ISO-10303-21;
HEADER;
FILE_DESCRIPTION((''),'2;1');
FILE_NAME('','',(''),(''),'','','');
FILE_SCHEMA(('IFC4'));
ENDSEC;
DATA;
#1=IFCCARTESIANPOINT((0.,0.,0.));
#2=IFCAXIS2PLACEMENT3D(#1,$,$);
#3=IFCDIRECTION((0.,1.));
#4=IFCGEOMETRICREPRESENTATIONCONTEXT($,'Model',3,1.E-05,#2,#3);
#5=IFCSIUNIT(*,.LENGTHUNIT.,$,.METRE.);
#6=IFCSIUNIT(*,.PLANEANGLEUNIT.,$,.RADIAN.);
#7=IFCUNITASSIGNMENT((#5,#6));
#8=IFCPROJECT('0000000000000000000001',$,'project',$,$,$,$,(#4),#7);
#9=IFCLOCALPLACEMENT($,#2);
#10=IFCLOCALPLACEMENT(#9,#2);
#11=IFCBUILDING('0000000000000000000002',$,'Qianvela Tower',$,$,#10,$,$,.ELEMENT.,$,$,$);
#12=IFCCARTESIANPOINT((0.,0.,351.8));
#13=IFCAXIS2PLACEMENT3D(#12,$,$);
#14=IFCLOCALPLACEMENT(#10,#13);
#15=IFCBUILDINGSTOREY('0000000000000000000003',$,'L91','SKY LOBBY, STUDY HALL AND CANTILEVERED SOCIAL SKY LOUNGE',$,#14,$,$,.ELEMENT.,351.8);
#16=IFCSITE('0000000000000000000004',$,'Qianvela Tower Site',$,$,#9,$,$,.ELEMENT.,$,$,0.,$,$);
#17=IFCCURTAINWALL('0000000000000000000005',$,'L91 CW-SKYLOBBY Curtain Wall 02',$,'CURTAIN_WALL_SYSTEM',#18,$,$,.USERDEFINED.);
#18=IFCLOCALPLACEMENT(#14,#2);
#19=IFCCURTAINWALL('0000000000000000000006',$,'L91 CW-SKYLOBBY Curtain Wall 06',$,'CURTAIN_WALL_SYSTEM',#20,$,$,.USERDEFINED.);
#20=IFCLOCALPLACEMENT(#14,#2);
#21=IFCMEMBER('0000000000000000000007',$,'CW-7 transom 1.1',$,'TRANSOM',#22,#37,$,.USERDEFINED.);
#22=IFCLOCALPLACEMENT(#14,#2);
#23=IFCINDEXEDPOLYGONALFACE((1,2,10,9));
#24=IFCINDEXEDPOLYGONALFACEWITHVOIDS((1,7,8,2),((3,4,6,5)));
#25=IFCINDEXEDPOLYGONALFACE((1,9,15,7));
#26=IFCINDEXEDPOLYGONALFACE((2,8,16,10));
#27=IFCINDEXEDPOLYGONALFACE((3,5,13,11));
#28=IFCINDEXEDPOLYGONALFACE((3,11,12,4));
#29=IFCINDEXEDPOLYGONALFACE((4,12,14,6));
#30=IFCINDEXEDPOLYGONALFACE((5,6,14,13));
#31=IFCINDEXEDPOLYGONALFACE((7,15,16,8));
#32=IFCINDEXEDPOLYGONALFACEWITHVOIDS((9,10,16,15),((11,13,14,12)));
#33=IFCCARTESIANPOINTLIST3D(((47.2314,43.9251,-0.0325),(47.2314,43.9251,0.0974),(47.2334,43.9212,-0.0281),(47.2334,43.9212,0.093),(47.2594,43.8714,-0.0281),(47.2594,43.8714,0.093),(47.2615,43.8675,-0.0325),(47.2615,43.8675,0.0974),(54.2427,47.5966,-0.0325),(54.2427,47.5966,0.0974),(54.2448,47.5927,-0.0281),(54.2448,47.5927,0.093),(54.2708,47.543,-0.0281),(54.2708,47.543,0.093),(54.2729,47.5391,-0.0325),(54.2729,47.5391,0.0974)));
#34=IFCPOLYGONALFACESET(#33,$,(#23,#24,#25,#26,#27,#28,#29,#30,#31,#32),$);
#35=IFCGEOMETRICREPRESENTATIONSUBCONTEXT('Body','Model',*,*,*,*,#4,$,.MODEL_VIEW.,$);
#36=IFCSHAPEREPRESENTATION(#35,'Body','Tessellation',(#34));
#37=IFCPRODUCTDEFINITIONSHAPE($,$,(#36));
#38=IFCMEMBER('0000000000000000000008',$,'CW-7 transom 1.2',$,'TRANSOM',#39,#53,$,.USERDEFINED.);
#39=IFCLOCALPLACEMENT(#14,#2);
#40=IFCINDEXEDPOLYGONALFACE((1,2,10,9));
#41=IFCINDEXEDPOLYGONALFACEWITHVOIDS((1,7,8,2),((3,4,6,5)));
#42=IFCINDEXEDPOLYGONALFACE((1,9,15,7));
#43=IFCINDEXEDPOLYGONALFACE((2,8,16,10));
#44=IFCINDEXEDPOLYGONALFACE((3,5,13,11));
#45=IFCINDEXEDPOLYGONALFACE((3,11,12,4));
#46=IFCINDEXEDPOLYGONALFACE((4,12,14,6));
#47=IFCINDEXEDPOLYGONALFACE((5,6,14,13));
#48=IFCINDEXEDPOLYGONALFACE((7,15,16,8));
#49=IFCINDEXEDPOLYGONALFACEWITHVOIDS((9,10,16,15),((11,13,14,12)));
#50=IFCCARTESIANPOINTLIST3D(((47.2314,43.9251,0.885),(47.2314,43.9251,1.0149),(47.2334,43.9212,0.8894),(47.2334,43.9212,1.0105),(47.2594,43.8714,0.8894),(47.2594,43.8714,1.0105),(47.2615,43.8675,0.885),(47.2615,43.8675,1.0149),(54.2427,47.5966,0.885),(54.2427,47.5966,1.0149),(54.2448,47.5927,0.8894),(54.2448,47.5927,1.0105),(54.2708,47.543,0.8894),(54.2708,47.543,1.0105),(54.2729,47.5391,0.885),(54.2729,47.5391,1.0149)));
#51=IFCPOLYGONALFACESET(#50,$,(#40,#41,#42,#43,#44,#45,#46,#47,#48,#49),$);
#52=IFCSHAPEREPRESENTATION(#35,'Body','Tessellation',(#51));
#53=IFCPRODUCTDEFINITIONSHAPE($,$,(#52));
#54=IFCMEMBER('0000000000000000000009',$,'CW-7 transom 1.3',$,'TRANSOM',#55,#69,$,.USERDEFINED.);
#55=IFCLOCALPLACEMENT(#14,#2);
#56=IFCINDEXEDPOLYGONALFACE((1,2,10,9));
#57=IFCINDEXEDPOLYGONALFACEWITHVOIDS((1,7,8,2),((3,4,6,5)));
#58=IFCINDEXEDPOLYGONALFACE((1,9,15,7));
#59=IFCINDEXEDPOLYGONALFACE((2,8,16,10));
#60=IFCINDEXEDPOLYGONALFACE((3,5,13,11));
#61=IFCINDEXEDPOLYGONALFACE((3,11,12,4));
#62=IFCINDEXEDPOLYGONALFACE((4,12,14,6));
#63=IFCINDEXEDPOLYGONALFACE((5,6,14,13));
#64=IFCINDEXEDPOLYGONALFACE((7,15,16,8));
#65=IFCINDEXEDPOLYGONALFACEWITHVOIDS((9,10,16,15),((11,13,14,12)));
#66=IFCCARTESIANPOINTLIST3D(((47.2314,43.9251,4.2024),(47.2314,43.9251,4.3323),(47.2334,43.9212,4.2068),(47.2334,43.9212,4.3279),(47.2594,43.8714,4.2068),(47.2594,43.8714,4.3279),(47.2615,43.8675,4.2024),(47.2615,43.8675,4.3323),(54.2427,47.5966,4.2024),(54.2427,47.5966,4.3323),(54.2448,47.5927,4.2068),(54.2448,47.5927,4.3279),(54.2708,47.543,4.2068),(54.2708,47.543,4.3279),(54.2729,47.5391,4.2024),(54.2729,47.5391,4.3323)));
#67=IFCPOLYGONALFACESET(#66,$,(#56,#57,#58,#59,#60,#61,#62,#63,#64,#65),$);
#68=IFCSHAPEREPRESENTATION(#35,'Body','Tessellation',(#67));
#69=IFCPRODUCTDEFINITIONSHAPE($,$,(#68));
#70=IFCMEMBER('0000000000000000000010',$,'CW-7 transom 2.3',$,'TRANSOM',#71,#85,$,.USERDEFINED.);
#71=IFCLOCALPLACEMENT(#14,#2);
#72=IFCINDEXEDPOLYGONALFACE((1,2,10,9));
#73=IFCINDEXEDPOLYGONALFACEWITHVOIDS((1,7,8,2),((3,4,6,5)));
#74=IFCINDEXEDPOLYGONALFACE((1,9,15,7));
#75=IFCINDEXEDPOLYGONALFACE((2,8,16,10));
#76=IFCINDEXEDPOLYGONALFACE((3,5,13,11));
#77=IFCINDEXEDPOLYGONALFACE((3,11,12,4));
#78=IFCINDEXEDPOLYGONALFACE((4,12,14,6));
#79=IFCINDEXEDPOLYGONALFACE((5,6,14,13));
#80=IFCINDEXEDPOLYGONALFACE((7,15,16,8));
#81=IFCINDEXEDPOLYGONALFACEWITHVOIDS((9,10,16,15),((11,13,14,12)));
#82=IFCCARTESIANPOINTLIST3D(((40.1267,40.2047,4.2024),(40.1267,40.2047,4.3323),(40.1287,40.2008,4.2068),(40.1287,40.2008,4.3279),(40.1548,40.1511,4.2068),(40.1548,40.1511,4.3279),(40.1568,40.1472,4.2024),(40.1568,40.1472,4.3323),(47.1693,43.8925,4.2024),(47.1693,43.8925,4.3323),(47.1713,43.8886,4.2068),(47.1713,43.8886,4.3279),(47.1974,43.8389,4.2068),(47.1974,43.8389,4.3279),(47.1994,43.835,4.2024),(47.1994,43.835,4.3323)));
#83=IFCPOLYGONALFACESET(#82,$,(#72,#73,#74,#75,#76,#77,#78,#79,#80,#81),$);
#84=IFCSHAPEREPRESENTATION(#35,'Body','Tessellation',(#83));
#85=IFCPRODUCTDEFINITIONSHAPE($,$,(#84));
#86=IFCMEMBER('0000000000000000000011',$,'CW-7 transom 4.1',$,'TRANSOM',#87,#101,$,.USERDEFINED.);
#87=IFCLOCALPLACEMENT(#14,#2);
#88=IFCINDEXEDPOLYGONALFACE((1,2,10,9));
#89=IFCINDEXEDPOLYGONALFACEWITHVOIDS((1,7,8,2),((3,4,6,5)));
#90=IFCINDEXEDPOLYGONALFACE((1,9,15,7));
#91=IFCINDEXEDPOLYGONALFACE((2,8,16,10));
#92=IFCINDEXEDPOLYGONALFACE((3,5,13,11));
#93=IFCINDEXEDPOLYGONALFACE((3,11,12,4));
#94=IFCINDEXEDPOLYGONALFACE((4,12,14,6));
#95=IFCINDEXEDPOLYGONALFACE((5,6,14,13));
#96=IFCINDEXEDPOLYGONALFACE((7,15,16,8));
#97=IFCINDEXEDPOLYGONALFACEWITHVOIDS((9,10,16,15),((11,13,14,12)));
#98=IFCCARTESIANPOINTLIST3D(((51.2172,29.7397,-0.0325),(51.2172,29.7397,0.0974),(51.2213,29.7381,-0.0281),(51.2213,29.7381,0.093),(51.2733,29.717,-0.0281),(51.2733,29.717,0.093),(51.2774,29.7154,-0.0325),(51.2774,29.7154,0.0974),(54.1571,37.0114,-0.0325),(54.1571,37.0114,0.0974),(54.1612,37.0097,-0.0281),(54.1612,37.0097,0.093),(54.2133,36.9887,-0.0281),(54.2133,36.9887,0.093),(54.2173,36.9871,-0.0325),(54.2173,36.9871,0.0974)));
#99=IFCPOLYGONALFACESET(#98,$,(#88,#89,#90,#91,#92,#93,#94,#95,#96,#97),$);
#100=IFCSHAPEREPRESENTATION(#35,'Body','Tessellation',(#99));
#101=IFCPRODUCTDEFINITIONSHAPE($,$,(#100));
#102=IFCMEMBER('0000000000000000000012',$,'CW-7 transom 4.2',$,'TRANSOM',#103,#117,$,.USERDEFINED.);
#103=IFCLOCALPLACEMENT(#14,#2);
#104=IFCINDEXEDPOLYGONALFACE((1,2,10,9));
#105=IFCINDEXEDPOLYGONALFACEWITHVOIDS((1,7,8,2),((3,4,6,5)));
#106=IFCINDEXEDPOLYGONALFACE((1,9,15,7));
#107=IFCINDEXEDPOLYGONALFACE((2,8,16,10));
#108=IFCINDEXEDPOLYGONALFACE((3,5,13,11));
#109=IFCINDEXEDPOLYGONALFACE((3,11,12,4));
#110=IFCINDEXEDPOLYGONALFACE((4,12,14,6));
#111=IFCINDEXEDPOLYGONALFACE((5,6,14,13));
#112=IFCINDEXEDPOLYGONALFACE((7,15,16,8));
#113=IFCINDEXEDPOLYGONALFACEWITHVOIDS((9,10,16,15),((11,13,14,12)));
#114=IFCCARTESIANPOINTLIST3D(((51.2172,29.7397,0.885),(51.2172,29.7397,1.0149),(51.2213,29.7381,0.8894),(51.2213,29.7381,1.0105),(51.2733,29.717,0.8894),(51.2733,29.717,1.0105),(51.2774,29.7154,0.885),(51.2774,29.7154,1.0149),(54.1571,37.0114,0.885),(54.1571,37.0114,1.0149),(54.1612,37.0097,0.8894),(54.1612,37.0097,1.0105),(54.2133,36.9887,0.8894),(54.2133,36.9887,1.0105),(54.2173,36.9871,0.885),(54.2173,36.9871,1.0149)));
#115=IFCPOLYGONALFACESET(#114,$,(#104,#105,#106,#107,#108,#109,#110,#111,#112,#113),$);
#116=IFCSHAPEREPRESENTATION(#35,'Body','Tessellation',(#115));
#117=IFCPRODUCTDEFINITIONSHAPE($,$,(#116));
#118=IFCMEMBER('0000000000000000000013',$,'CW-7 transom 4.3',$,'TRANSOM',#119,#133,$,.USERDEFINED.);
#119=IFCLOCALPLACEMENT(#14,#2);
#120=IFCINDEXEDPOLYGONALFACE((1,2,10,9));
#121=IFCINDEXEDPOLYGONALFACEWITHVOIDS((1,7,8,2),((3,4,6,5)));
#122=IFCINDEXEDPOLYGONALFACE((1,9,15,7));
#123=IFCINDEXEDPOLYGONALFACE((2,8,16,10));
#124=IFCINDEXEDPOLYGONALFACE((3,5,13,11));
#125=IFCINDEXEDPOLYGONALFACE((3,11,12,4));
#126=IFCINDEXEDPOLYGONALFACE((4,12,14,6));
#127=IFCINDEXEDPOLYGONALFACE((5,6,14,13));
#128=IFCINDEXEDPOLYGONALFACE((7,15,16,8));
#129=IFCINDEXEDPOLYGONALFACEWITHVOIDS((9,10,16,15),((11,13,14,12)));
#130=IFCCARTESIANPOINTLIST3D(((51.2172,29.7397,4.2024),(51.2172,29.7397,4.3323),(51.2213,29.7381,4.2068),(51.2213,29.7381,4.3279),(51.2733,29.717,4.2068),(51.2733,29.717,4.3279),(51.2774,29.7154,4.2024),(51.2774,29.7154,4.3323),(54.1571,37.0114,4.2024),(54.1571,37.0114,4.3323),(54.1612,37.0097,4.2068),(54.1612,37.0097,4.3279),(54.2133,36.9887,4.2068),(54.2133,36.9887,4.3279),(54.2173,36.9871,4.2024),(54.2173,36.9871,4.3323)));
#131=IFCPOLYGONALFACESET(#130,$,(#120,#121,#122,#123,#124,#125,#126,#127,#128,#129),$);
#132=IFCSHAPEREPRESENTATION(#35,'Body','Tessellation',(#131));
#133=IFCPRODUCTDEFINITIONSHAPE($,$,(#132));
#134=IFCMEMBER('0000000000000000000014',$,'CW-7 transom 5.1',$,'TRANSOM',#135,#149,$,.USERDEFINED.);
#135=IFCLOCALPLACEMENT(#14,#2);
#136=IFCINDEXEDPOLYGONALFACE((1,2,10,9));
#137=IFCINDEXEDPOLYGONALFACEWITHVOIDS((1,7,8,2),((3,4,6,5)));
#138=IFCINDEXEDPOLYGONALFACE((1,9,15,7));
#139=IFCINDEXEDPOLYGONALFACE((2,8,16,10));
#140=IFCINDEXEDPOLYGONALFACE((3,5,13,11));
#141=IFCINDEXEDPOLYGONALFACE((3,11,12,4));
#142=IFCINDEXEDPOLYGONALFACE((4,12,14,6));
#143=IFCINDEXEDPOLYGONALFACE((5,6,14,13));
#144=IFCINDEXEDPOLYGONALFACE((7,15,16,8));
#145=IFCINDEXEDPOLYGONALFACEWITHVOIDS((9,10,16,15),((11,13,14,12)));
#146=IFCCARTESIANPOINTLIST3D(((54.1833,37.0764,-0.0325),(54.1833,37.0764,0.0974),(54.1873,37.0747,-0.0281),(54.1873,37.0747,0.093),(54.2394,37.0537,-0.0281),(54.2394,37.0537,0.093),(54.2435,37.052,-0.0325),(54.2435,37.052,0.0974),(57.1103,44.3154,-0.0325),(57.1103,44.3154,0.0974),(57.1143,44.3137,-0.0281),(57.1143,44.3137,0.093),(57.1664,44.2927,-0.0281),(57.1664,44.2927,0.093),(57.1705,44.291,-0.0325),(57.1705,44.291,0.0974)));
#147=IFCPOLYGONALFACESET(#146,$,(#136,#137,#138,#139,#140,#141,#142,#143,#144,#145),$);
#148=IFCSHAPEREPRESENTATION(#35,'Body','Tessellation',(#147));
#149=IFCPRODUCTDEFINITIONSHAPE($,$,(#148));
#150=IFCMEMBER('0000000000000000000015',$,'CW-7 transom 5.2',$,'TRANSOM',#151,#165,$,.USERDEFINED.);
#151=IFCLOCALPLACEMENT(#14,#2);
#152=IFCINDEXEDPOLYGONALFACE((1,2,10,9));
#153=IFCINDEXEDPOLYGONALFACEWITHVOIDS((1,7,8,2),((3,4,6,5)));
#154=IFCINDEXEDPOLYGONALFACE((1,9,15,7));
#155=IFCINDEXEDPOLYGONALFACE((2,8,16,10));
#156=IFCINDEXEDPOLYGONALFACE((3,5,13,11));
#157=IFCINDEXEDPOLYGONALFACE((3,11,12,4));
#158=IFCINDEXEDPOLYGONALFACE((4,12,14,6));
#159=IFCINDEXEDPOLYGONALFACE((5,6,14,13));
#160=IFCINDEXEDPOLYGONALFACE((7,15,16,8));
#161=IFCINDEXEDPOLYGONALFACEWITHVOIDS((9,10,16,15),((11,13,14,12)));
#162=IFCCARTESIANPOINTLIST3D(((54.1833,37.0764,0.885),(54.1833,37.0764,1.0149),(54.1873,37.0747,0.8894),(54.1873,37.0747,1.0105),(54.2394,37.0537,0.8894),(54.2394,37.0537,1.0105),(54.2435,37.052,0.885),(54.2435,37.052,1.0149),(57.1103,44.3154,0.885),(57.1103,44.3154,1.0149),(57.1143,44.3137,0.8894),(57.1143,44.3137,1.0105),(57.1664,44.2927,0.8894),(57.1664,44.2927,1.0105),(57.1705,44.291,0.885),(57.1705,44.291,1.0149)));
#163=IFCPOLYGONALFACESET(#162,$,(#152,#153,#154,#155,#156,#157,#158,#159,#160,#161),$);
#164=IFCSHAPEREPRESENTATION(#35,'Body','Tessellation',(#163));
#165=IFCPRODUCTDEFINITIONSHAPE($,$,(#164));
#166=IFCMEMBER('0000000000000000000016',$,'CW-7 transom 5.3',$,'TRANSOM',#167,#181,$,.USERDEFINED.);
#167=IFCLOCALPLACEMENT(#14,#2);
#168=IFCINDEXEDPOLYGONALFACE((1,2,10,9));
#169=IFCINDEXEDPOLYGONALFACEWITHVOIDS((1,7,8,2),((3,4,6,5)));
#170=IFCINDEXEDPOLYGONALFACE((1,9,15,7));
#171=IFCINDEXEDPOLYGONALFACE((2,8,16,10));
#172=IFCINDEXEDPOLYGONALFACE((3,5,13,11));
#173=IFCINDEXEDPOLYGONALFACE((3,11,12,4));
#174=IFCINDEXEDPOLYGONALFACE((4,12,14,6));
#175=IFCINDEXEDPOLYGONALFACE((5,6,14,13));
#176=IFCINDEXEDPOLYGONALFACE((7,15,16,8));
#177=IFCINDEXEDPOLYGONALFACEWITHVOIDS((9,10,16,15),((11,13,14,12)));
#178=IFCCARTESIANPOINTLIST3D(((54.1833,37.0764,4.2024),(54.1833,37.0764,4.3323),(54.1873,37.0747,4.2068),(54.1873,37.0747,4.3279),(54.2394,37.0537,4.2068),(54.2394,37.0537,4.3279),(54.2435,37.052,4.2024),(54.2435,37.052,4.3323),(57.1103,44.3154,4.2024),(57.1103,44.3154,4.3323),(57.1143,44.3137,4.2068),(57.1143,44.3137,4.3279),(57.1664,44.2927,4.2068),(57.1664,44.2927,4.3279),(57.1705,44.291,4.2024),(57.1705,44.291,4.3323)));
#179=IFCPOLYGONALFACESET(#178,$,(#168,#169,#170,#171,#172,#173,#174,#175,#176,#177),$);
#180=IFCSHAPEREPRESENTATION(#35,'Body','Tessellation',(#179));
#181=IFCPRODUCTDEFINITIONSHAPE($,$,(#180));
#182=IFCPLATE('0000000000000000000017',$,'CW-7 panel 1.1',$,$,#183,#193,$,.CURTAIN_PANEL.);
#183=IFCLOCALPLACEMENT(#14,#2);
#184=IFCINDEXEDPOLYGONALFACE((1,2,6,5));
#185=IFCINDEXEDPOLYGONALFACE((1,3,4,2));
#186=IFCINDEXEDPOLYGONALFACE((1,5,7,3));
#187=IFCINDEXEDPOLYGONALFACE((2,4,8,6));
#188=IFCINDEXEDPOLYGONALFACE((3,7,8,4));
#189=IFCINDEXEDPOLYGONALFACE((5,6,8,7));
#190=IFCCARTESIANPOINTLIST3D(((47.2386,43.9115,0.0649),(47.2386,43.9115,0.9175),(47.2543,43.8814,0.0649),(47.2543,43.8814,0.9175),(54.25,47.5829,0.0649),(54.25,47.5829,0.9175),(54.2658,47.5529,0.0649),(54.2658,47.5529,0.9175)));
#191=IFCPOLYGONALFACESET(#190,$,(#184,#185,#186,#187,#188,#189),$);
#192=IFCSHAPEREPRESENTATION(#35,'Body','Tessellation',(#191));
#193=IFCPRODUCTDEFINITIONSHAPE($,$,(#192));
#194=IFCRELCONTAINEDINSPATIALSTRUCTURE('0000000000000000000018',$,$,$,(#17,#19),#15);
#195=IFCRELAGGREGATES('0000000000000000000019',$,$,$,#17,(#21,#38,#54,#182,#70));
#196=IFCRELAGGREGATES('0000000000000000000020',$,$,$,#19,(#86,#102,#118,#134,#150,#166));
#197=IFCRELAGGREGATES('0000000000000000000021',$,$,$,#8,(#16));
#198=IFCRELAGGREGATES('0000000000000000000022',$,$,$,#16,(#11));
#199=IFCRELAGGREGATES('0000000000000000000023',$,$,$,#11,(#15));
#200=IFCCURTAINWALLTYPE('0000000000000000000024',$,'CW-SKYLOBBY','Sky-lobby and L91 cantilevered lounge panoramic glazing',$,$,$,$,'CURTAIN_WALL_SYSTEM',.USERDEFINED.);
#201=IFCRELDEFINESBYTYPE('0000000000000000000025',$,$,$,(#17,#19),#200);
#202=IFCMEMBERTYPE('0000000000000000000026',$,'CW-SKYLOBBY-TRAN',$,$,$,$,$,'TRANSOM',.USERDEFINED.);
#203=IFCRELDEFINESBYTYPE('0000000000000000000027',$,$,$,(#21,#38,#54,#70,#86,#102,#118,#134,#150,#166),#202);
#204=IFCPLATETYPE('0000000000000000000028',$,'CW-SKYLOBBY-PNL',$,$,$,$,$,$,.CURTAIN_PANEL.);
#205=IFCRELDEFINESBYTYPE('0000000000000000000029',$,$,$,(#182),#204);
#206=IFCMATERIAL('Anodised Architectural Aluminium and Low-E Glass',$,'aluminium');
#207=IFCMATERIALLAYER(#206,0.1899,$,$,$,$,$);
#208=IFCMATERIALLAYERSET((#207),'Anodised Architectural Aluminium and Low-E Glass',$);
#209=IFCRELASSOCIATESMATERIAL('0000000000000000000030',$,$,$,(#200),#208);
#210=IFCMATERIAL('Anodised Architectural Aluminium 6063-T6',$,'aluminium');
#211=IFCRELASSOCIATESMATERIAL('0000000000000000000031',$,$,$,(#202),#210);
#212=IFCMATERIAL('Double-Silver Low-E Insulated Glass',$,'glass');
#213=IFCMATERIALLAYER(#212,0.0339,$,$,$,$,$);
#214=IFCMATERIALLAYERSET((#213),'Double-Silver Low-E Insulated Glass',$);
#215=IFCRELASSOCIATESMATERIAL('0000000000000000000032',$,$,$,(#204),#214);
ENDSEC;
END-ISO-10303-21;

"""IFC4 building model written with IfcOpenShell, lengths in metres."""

from ifc_helpers import new_model, si_unit, direction, frame, origin, origin_2d, place, context, subcontext, project, spatial, rectangle, hollow_rectangle, extrude, material, layer, layer_set, material_profile, profile_set, type_object, element, aggregate, save


model = new_model("IFC4")

# Units and contexts
model_context = context("Model", 3, precision=1e-05, world=origin(), true_north=direction((0.0, 1.0)))
body_context = subcontext(model_context, "Body", "Model", "MODEL_VIEW")
ifc_project = project(units=[si_unit("LENGTHUNIT", "METRE"), si_unit("PLANEANGLEUNIT", "RADIAN")], contexts=[model_context])

# Site, building, storey
site_placement = place(None, origin())
site = spatial("IfcSite", under=ifc_project, at=site_placement, Name="Qianvela Tower Site", CompositionType="ELEMENT", RefElevation=0.0)
building_placement = place(site_placement, origin())
building = spatial("IfcBuilding", under=site, at=building_placement, Name="Qianvela Tower", CompositionType="ELEMENT")
storey_placement = place(building_placement, frame((0.0, 0.0, 351.8)))
storey = spatial("IfcBuildingStorey", under=building, at=storey_placement, Name="L91", Description="SKY LOBBY, STUDY HALL AND CANTILEVERED SOCIAL SKY LOUNGE", CompositionType="ELEMENT", Elevation=351.8)

# Curtain walls
ifc_material_1 = material(Name="Anodised Architectural Aluminium and Low-E Glass", Category="aluminium")
ifc_layer_1 = layer(ifc_material_1, 0.1899)
ifc_layer_set_1 = layer_set([ifc_layer_1], Name="Anodised Architectural Aluminium and Low-E Glass")
curtain_wall_type = type_object("IfcCurtainWallType", Name="CW-SKYLOBBY", Description="Sky-lobby and L91 cantilevered lounge panoramic glazing", ElementType="CURTAIN_WALL_SYSTEM", PredefinedType="USERDEFINED", material=ifc_layer_set_1)
curtain_wall_1_placement = place(storey_placement, origin())
curtain_wall_1 = element("IfcCurtainWall", 1, at=curtain_wall_1_placement, inside=storey, type_object=curtain_wall_type, Name="L91 CW-SKYLOBBY Curtain Wall 02", ObjectType="CURTAIN_WALL_SYSTEM", PredefinedType="USERDEFINED")
curtain_wall_2_placement = place(storey_placement, origin())
curtain_wall_2 = element("IfcCurtainWall", 2, at=curtain_wall_2_placement, inside=storey, type_object=curtain_wall_type, Name="L91 CW-SKYLOBBY Curtain Wall 06", ObjectType="CURTAIN_WALL_SYSTEM", PredefinedType="USERDEFINED")

# Members
ifc_material_2 = material(Name="Anodised Architectural Aluminium 6063-T6", Category="aluminium")
ifc_material_profile_1 = material_profile(ifc_material_2, hollow_rectangle(XDim=0.0649, YDim=0.1299, WallThickness=0.0044, at=origin_2d()), Name="ALU-TRAN-65x130")
ifc_profile_set_1 = profile_set([ifc_material_profile_1], Name="Anodised Architectural Aluminium 6063-T6")
member_type_1 = type_object("IfcMemberType", Name="CW-SKYLOBBY-TRAN", ElementType="TRANSOM", PredefinedType="USERDEFINED", material=ifc_profile_set_1)
member_1_placement = place(storey_placement, frame((54.2578, 47.5679, 0.0325), z_axis=(-0.885886, -0.463903, 0.0), x_axis=(0.463903, -0.885886, 0.0)))
member_1 = element("IfcMember", 3, at=member_1_placement, type_object=member_type_1, Name="CW-7 transom 1.1", ObjectType="TRANSOM", PredefinedType="USERDEFINED", context=body_context, shape_type="SweptSolid", body=[
    extrude(hollow_rectangle(XDim=0.0649, YDim=0.1299, WallThickness=0.0044, at=origin_2d()), origin(), (0.0, 0.0, 1.0), 7.9146),
])
member_2_placement = place(storey_placement, frame((54.2578, 47.5679, 0.95), z_axis=(-0.885886, -0.463903, 0.0), x_axis=(0.463903, -0.885886, 0.0)))
member_2 = element("IfcMember", 4, at=member_2_placement, type_object=member_type_1, Name="CW-7 transom 1.2", ObjectType="TRANSOM", PredefinedType="USERDEFINED", context=body_context, shape_type="SweptSolid", body=[
    extrude(hollow_rectangle(XDim=0.0649, YDim=0.1299, WallThickness=0.0044, at=origin_2d()), origin(), (0.0, 0.0, 1.0), 7.9146),
])
member_3_placement = place(storey_placement, frame((54.2578, 47.5679, 4.2673), z_axis=(-0.885886, -0.463903, 0.0), x_axis=(0.463903, -0.885886, 0.0)))
member_3 = element("IfcMember", 5, at=member_3_placement, type_object=member_type_1, Name="CW-7 transom 1.3", ObjectType="TRANSOM", PredefinedType="USERDEFINED", context=body_context, shape_type="SweptSolid", body=[
    extrude(hollow_rectangle(XDim=0.0649, YDim=0.1299, WallThickness=0.0044, at=origin_2d()), origin(), (0.0, 0.0, 1.0), 7.9146),
])
member_4_placement = place(storey_placement, frame((47.1843, 43.8638, 4.2673), z_axis=(-0.885892, -0.463891, 0.0), x_axis=(0.463891, -0.885892, 0.0)))
member_4 = element("IfcMember", 6, at=member_4_placement, type_object=member_type_1, Name="CW-7 transom 2.3", ObjectType="TRANSOM", PredefinedType="USERDEFINED", context=body_context, shape_type="SweptSolid", body=[
    extrude(hollow_rectangle(XDim=0.0649, YDim=0.1299, WallThickness=0.0044, at=origin_2d()), origin(), (0.0, 0.0, 1.0), 7.9497),
])
member_5_placement = place(storey_placement, frame((51.2473, 29.7275, 0.0325), z_axis=(0.374823, 0.927096, 0.0), x_axis=(-0.927096, 0.374823, 0.0)))
member_5 = element("IfcMember", 7, at=member_5_placement, type_object=member_type_1, Name="CW-7 transom 4.1", ObjectType="TRANSOM", PredefinedType="USERDEFINED", context=body_context, shape_type="SweptSolid", body=[
    extrude(hollow_rectangle(XDim=0.0649, YDim=0.1299, WallThickness=0.0044, at=origin_2d()), origin(), (0.0, 0.0, 1.0), 7.8435),
])
member_6_placement = place(storey_placement, frame((51.2473, 29.7275, 0.95), z_axis=(0.374823, 0.927096, 0.0), x_axis=(-0.927096, 0.374823, 0.0)))
member_6 = element("IfcMember", 8, at=member_6_placement, type_object=member_type_1, Name="CW-7 transom 4.2", ObjectType="TRANSOM", PredefinedType="USERDEFINED", context=body_context, shape_type="SweptSolid", body=[
    extrude(hollow_rectangle(XDim=0.0649, YDim=0.1299, WallThickness=0.0044, at=origin_2d()), origin(), (0.0, 0.0, 1.0), 7.8435),
])
member_7_placement = place(storey_placement, frame((51.2473, 29.7275, 4.2673), z_axis=(0.374823, 0.927096, 0.0), x_axis=(-0.927096, 0.374823, 0.0)))
member_7 = element("IfcMember", 9, at=member_7_placement, type_object=member_type_1, Name="CW-7 transom 4.3", ObjectType="TRANSOM", PredefinedType="USERDEFINED", context=body_context, shape_type="SweptSolid", body=[
    extrude(hollow_rectangle(XDim=0.0649, YDim=0.1299, WallThickness=0.0044, at=origin_2d()), origin(), (0.0, 0.0, 1.0), 7.8435),
])
member_8_placement = place(storey_placement, frame((54.2134, 37.0642, 0.0325), z_axis=(0.374854, 0.927084, 0.0), x_axis=(-0.927084, 0.374854, 0.0)))
member_8 = element("IfcMember", 10, at=member_8_placement, type_object=member_type_1, Name="CW-7 transom 5.1", ObjectType="TRANSOM", PredefinedType="USERDEFINED", context=body_context, shape_type="SweptSolid", body=[
    extrude(hollow_rectangle(XDim=0.0649, YDim=0.1299, WallThickness=0.0044, at=origin_2d()), origin(), (0.0, 0.0, 1.0), 7.8083),
])
member_9_placement = place(storey_placement, frame((54.2134, 37.0642, 0.95), z_axis=(0.374854, 0.927084, 0.0), x_axis=(-0.927084, 0.374854, 0.0)))
member_9 = element("IfcMember", 11, at=member_9_placement, type_object=member_type_1, Name="CW-7 transom 5.2", ObjectType="TRANSOM", PredefinedType="USERDEFINED", context=body_context, shape_type="SweptSolid", body=[
    extrude(hollow_rectangle(XDim=0.0649, YDim=0.1299, WallThickness=0.0044, at=origin_2d()), origin(), (0.0, 0.0, 1.0), 7.8083),
])
member_10_placement = place(storey_placement, frame((54.2134, 37.0642, 4.2673), z_axis=(0.374854, 0.927084, 0.0), x_axis=(-0.927084, 0.374854, 0.0)))
member_10 = element("IfcMember", 12, at=member_10_placement, type_object=member_type_1, Name="CW-7 transom 5.3", ObjectType="TRANSOM", PredefinedType="USERDEFINED", context=body_context, shape_type="SweptSolid", body=[
    extrude(hollow_rectangle(XDim=0.0649, YDim=0.1299, WallThickness=0.0044, at=origin_2d()), origin(), (0.0, 0.0, 1.0), 7.8083),
])

# Plate
ifc_material_3 = material(Name="Double-Silver Low-E Insulated Glass", Category="glass")
ifc_layer_2 = layer(ifc_material_3, 0.0339)
ifc_layer_set_2 = layer_set([ifc_layer_2], Name="Double-Silver Low-E Insulated Glass")
plate_type_1 = type_object("IfcPlateType", Name="CW-SKYLOBBY-PNL", PredefinedType="CURTAIN_PANEL", material=ifc_layer_set_2)
plate_1_placement = place(storey_placement, frame((50.7522, 45.7322, 0.0649), z_axis=(0.0, 0.0, 1.0), x_axis=(-0.885893, -0.46389, 0.0)))
plate_1 = element("IfcPlate", 13, at=plate_1_placement, type_object=plate_type_1, Name="CW-7 panel 1.1", PredefinedType="CURTAIN_PANEL", context=body_context, shape_type="SweptSolid", body=[
    extrude(rectangle(XDim=7.9146, YDim=0.0339, at=origin_2d()), origin(), (0.0, 0.0, 1.0), 0.8525),
])
aggregate(curtain_wall_1, [member_1, member_2, member_3, plate_1, member_4])
aggregate(curtain_wall_2, [member_5, member_6, member_7, member_8, member_9, member_10])

save(model, "model.ifc")
